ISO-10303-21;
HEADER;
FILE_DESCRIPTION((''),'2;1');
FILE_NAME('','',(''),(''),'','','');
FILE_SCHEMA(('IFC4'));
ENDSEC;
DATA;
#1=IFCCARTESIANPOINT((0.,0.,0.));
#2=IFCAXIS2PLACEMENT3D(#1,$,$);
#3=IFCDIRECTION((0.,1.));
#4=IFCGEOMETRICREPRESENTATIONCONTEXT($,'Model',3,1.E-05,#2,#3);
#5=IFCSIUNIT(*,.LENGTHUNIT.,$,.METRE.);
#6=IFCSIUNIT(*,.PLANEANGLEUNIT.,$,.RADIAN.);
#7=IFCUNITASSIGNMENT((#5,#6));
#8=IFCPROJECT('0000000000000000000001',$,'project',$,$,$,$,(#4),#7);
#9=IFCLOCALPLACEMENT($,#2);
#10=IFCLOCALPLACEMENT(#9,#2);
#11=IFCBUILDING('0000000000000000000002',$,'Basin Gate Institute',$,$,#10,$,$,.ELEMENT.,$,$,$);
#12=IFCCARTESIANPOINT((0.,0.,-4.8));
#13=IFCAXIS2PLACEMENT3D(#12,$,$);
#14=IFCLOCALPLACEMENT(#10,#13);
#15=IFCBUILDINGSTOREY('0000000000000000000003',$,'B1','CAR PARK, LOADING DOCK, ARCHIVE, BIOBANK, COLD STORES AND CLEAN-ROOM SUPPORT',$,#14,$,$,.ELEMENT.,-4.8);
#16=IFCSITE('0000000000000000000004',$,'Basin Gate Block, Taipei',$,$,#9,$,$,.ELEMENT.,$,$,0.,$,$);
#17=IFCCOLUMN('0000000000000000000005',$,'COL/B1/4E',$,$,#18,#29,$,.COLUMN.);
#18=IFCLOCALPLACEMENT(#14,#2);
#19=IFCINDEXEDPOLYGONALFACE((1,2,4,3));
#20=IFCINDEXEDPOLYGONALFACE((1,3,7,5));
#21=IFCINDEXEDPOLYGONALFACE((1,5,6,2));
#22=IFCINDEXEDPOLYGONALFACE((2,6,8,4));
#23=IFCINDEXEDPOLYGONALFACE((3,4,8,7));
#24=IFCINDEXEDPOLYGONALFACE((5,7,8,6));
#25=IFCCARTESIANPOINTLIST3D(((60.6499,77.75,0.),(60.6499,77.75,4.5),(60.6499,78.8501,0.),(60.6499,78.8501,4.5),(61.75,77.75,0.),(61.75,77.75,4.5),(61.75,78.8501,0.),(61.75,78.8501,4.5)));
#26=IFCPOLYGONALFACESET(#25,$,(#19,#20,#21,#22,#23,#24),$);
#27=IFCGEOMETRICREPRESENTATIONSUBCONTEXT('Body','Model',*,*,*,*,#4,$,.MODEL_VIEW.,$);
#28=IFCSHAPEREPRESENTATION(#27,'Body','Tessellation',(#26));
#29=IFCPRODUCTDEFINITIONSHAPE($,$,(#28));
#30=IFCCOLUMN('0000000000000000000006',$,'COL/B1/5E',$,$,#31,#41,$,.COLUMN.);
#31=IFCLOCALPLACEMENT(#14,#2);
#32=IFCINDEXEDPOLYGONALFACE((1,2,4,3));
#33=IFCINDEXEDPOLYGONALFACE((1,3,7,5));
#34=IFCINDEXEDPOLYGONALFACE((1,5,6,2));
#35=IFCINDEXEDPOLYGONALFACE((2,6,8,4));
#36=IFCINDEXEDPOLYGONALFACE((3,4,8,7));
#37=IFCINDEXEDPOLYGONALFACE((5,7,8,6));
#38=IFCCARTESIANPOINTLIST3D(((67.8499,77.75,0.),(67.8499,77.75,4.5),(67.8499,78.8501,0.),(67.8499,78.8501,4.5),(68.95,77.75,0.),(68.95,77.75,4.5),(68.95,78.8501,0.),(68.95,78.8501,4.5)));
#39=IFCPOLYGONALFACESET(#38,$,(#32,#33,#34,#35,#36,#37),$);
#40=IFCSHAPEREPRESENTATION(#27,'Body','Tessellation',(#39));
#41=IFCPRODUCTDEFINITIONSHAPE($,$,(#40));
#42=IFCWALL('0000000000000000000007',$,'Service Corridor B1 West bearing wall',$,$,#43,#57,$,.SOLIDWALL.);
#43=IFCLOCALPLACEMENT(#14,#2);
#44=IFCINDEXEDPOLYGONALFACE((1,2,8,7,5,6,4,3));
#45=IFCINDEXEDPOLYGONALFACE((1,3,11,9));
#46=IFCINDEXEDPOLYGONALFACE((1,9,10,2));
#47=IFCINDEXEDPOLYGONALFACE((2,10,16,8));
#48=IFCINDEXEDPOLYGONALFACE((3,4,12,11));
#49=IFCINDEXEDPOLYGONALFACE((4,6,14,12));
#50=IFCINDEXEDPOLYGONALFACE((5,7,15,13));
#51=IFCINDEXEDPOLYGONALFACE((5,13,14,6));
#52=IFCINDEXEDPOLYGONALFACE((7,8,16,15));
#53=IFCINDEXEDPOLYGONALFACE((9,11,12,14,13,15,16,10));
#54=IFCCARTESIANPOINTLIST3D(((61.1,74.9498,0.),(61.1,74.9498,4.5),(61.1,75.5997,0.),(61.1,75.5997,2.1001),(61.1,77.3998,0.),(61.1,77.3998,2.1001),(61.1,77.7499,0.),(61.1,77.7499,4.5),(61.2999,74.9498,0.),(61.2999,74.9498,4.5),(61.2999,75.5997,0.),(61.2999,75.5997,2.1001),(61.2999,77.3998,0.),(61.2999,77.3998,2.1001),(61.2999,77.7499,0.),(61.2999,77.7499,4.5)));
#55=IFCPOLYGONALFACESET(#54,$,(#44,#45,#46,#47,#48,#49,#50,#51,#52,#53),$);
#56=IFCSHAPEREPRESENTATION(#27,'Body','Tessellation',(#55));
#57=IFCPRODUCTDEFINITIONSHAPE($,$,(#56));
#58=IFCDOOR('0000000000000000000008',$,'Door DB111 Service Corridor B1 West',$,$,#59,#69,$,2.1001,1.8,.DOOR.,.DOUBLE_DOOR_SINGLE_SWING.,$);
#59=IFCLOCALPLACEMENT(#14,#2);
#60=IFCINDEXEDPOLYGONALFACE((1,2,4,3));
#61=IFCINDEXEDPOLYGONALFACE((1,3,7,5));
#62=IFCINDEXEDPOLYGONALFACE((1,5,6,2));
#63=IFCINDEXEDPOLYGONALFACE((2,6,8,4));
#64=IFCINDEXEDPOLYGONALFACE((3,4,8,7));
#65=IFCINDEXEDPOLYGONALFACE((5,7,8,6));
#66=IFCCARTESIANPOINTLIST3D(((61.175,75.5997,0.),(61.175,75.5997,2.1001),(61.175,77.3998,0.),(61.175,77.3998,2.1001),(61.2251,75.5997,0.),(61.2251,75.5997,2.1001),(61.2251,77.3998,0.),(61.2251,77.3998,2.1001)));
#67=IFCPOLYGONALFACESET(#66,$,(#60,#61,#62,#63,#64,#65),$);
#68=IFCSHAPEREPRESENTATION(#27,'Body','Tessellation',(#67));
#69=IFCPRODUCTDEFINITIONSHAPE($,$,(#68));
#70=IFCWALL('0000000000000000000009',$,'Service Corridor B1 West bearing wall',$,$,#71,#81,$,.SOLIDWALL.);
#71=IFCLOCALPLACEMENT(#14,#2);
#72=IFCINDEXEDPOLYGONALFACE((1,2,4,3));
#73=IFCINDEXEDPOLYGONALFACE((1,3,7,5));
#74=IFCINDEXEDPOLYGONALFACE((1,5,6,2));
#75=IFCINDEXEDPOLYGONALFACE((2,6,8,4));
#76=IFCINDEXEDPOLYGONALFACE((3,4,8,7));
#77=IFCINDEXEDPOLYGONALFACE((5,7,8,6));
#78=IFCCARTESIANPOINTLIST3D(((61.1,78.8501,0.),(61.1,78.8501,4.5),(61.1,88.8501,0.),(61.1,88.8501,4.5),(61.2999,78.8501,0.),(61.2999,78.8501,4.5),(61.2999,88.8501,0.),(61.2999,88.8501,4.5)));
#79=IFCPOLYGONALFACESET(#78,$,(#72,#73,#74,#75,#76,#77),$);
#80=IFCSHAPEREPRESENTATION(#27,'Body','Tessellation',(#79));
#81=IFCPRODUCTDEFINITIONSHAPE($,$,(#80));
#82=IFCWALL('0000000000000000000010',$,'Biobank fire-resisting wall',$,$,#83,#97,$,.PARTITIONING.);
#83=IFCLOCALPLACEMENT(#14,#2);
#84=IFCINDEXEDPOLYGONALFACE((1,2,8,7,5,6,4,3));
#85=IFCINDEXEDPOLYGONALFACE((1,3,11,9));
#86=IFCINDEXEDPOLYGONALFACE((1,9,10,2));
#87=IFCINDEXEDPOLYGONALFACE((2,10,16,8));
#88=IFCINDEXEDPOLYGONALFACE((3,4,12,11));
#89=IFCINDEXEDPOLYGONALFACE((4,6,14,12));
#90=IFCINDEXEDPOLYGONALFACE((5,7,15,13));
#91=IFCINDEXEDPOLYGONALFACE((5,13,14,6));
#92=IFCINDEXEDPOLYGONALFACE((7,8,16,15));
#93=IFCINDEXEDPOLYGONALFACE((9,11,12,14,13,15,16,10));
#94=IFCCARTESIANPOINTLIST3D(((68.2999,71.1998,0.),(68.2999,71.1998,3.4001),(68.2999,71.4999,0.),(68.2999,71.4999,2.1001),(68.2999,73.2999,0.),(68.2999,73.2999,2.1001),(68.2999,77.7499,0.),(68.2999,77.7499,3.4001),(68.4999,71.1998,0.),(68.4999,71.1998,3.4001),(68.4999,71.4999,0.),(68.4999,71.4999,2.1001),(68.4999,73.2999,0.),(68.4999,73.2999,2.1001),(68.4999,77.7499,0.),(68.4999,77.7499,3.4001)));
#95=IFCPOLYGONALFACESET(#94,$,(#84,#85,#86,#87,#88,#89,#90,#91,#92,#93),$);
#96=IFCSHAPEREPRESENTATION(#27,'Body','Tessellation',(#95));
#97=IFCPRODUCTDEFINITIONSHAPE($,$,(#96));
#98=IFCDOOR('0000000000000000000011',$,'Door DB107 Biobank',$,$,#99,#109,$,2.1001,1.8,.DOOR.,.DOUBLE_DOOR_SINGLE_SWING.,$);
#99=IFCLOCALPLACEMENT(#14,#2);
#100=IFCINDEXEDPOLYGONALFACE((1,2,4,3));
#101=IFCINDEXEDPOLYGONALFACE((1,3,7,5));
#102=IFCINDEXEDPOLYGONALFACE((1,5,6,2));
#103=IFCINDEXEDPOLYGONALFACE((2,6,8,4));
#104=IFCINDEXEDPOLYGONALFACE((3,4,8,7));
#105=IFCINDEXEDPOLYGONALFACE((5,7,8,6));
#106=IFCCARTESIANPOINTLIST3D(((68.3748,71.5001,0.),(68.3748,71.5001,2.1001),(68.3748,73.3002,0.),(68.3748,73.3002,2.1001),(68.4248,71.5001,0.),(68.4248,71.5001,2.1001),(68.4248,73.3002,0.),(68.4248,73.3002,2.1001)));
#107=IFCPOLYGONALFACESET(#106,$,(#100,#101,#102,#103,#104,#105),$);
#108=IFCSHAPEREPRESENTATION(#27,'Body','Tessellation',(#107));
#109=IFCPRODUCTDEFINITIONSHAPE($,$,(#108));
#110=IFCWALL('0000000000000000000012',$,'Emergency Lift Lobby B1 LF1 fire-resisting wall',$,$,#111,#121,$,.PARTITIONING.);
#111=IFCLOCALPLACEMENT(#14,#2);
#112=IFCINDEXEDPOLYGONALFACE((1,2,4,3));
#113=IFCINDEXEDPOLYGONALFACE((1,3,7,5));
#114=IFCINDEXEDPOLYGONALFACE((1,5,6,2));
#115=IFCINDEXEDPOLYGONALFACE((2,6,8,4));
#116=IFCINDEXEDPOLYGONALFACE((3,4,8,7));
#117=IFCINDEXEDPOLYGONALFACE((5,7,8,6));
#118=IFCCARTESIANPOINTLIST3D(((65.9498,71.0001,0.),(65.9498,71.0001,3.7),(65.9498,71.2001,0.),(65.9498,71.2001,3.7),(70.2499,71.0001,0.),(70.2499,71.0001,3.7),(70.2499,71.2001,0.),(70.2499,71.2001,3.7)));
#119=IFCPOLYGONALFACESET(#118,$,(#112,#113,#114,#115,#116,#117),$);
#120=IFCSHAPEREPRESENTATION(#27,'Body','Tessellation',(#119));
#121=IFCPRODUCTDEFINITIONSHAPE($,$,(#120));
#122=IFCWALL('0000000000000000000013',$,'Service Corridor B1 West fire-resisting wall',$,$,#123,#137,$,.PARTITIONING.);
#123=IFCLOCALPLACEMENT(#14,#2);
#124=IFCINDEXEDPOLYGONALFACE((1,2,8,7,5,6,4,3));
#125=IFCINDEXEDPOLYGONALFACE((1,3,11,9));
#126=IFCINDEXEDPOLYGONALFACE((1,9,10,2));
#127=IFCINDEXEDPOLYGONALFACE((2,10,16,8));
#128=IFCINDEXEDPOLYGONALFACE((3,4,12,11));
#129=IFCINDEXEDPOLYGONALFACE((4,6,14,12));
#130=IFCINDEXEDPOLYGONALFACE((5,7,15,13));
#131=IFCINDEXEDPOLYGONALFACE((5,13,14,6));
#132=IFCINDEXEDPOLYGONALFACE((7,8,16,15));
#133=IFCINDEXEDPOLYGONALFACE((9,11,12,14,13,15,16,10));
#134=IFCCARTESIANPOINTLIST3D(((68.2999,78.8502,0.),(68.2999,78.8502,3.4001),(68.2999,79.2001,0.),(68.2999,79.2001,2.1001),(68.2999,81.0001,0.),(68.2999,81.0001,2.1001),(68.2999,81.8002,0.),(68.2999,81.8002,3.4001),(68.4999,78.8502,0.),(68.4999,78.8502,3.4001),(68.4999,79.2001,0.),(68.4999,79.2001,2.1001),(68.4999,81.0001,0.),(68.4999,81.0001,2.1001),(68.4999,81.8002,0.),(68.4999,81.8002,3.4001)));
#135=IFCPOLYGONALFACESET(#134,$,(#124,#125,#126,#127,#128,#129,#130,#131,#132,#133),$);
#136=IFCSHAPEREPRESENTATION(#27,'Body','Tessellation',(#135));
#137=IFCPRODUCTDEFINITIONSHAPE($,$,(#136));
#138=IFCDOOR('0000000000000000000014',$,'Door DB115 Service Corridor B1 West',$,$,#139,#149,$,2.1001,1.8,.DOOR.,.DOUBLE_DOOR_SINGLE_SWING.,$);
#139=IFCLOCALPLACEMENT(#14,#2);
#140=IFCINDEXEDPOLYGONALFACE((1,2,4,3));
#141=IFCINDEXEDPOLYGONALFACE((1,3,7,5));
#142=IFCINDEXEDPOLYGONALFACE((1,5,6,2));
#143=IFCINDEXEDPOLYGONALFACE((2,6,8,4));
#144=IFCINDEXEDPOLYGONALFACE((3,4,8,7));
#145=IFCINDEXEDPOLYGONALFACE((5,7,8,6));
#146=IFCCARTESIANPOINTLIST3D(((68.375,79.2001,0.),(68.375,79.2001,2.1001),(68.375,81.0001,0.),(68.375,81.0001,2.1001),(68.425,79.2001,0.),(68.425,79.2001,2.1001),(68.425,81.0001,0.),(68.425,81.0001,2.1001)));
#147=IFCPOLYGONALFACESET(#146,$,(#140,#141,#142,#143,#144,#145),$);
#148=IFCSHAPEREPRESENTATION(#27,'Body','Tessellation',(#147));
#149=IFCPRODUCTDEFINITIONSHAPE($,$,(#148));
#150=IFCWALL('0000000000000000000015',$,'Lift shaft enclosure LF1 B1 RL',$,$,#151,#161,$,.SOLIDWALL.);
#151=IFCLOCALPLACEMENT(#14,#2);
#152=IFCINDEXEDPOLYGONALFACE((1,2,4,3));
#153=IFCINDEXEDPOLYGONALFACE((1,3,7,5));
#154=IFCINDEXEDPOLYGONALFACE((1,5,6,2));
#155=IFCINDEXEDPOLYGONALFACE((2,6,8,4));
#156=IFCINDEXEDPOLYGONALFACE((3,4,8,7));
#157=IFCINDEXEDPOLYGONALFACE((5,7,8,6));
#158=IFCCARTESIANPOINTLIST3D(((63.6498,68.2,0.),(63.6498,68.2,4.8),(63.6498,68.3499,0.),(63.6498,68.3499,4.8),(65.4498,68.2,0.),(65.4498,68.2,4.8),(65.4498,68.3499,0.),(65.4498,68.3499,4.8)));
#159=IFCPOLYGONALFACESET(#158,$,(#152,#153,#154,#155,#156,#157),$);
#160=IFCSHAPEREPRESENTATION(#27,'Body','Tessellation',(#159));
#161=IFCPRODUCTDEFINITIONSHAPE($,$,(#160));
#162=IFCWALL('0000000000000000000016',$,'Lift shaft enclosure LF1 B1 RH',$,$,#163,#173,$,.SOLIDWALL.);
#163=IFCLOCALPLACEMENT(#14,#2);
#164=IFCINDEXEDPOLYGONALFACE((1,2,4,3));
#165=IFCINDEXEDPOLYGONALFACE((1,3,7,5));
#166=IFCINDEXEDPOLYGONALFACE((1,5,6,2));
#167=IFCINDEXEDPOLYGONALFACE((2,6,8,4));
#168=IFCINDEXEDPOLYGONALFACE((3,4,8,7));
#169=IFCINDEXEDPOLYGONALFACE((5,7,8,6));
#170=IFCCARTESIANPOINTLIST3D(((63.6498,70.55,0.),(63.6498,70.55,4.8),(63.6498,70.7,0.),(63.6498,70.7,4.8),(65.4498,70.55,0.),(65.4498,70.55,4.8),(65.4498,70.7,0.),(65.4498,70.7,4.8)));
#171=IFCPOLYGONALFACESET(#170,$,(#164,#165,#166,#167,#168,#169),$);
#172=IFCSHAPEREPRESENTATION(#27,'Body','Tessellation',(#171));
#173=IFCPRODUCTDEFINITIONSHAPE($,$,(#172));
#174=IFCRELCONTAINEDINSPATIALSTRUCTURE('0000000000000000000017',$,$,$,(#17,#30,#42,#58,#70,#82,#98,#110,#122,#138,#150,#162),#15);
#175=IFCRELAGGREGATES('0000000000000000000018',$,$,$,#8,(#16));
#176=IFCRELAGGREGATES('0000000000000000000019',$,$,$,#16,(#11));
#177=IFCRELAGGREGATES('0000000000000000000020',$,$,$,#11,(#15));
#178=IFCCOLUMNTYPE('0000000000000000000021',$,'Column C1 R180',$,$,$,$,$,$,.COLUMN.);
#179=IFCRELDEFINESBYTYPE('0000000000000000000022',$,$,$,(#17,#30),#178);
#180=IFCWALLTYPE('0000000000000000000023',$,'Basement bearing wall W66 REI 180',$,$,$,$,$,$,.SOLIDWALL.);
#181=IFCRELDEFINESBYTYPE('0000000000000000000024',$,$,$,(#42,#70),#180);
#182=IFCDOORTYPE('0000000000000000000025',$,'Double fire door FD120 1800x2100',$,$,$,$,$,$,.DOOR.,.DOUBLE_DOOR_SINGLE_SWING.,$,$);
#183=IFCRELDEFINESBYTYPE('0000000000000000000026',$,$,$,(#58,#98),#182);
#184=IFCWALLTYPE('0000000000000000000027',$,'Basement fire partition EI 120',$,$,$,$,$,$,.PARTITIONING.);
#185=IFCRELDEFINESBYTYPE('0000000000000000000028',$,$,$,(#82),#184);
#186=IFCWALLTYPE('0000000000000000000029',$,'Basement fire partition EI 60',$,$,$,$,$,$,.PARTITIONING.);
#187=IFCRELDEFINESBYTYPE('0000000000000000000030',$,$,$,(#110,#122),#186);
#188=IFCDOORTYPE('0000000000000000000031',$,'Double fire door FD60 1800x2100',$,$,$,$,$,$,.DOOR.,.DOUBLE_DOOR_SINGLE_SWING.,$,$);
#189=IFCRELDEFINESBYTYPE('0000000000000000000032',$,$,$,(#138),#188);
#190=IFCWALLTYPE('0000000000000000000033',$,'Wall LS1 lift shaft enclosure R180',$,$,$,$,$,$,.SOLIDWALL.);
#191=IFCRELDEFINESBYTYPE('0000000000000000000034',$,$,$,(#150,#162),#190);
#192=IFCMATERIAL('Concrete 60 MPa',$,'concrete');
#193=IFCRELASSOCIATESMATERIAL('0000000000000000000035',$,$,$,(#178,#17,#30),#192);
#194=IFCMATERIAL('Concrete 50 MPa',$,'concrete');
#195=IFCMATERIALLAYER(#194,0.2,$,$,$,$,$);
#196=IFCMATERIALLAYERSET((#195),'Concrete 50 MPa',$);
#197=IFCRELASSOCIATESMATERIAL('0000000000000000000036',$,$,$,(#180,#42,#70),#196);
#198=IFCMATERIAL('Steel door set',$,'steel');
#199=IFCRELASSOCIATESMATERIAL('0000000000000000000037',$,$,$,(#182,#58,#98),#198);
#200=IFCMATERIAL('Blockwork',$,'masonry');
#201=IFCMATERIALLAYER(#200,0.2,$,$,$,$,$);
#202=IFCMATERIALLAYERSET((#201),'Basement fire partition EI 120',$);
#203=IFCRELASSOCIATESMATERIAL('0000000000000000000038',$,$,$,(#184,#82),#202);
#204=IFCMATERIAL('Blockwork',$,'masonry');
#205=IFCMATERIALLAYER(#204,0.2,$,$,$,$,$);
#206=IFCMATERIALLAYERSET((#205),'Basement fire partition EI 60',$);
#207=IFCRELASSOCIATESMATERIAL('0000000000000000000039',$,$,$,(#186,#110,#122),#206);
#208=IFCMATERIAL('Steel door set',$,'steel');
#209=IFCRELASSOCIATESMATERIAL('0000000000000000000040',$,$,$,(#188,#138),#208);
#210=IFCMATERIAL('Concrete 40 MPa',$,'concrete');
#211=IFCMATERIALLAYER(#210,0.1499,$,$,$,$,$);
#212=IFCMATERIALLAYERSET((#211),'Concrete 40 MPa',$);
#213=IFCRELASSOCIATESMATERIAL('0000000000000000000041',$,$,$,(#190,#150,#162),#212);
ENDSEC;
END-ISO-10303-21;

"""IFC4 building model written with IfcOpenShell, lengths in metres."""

from ifc_helpers import new_model, si_unit, direction, frame, frame_2d, origin, origin_2d, place, context, subcontext, project, spatial, rectangle, extrude, material, layer, layer_set, material_profile, profile_set, type_object, element, fill, save


model = new_model("IFC4")

# Units and contexts
model_context = context("Model", 3, precision=1e-05, world=origin(), true_north=direction((0.0, 1.0)))
body_context = subcontext(model_context, "Body", "Model", "MODEL_VIEW")
ifc_project = project(units=[si_unit("LENGTHUNIT", "METRE"), si_unit("PLANEANGLEUNIT", "RADIAN")], contexts=[model_context])

# Site, building, storey
site_placement = place(None, origin())
site = spatial("IfcSite", under=ifc_project, at=site_placement, Name="Basin Gate Block, Taipei", CompositionType="ELEMENT", RefElevation=0.0)
building_placement = place(site_placement, origin())
building = spatial("IfcBuilding", under=site, at=building_placement, Name="Basin Gate Institute", CompositionType="ELEMENT")
storey_placement = place(building_placement, frame((0.0, 0.0, -4.8)))
storey = spatial("IfcBuildingStorey", under=building, at=storey_placement, Name="B1", Description="CAR PARK, LOADING DOCK, ARCHIVE, BIOBANK, COLD STORES AND CLEAN-ROOM SUPPORT", CompositionType="ELEMENT", Elevation=-4.8)

# Columns
ifc_material_1 = material(Name="Concrete 60 MPa", Category="concrete")
ifc_material_profile = material_profile(ifc_material_1, rectangle(XDim=1.1001, YDim=1.1001, at=origin_2d()), Name="Column C1 1100 x 1100")
ifc_profile_set = profile_set([ifc_material_profile], Name="Concrete 60 MPa")
column_type = type_object("IfcColumnType", Name="Column C1 R180", PredefinedType="COLUMN", material=ifc_profile_set)
for number, where, z_axis, x_axis, name in (
    (1, (61.2, 78.3, 0.0), (0.0, 0.0, 1.0), (1.0, 0.0, 0.0), "COL/B1/4E"),
    (2, (68.3999, 78.3, 0.0), (0.0, 0.0, 1.0), (1.0, 0.0, 0.0), "COL/B1/5E"),
):
    element("IfcColumn", number, at=place(storey_placement, frame(where, z_axis=z_axis, x_axis=x_axis)), inside=storey, type_object=column_type, material=ifc_profile_set, Name=name, PredefinedType="COLUMN", context=body_context, shape_type="SweptSolid", body=[
        extrude(rectangle(XDim=1.1001, YDim=1.1001, at=origin_2d()), origin(), (0.0, 0.0, 1.0), 4.5),
    ])

# Wall, opening, door
ifc_material_2 = material(Name="Concrete 50 MPa", Category="concrete")
ifc_layer_1 = layer(ifc_material_2, 0.2)
ifc_layer_set_1 = layer_set([ifc_layer_1], Name="Concrete 50 MPa")
wall_type_1 = type_object("IfcWallType", Name="Basement bearing wall W66 REI 180", PredefinedType="SOLIDWALL", material=ifc_layer_set_1)
wall_1_placement = place(storey_placement, frame((61.2, 74.95, 0.0), z_axis=(0.0, 0.0, 1.0), x_axis=(0.0, 1.0, 0.0)))
wall_1 = element("IfcWall", 3, at=wall_1_placement, inside=storey, type_object=wall_type_1, material=ifc_layer_set_1, Name="Service Corridor B1 West bearing wall", PredefinedType="SOLIDWALL", context=body_context, shape_type="SweptSolid", body=[
    extrude(rectangle(XDim=2.8, YDim=0.2, at=frame_2d((1.3999, 0.0))), origin(), (0.0, 0.0, 1.0), 4.5),
])
opening_1_placement = place(wall_1_placement, frame((0.6499, 0.0, 0.0)))
opening_1 = element("IfcOpeningElement", 4, at=opening_1_placement, cuts=wall_1, PredefinedType="OPENING", context=body_context, shape_type="SweptSolid", body=[
    extrude(rectangle(XDim=1.8, YDim=2.1001, at=frame_2d((0.8999, 1.05))), frame((0.0, 0.1099, 0.0), z_axis=(0.0, -1.0, 0.0), x_axis=(1.0, 0.0, 0.0)), (0.0, 0.0, 1.0), 0.22),
])
ifc_material_3 = material(Name="Steel door set", Category="steel")
door_type_1 = type_object("IfcDoorType", Name="Double fire door FD120 1800x2100", OperationType="DOUBLE_DOOR_SINGLE_SWING", PredefinedType="DOOR", material=ifc_material_3)
door_1_placement = place(opening_1_placement, origin())
door_1 = element("IfcDoor", 5, at=door_1_placement, inside=storey, type_object=door_type_1, material=ifc_material_3, Name="Door DB111 Service Corridor B1 West", OperationType="DOUBLE_DOOR_SINGLE_SWING", OverallHeight=2.1001, OverallWidth=1.8, PredefinedType="DOOR", context=body_context, shape_type="SweptSolid", body=[
    extrude(rectangle(XDim=1.8, YDim=2.1001, at=frame_2d((0.8999, 1.05))), frame((0.0, 0.0249, 0.0), z_axis=(0.0, -1.0, 0.0), x_axis=(1.0, 0.0, 0.0)), (0.0, 0.0, 1.0), 0.05),
])
fill(opening_1, door_1)

# Wall
wall_2_placement = place(storey_placement, frame((61.2, 78.8501, 0.0), z_axis=(0.0, 0.0, 1.0), x_axis=(0.0, 1.0, 0.0)))
element("IfcWall", 6, at=wall_2_placement, inside=storey, type_object=wall_type_1, material=ifc_layer_set_1, Name="Service Corridor B1 West bearing wall", PredefinedType="SOLIDWALL", context=body_context, shape_type="SweptSolid", body=[
    extrude(rectangle(XDim=10.0, YDim=0.2, at=frame_2d((5.0, 0.0))), origin(), (0.0, 0.0, 1.0), 4.5),
])

# Wall, opening, door
ifc_material_4 = material(Name="Blockwork", Category="masonry")
ifc_layer_2 = layer(ifc_material_4, 0.2)
ifc_layer_set_2 = layer_set([ifc_layer_2], Name="Basement fire partition EI 120")
wall_type_2 = type_object("IfcWallType", Name="Basement fire partition EI 120", PredefinedType="PARTITIONING", material=ifc_layer_set_2)
wall_3_placement = place(storey_placement, frame((68.3999, 71.2, 0.0), z_axis=(0.0, 0.0, 1.0), x_axis=(0.0, 1.0, 0.0)))
wall_3 = element("IfcWall", 7, at=wall_3_placement, inside=storey, type_object=wall_type_2, material=ifc_layer_set_2, Name="Biobank fire-resisting wall", PredefinedType="PARTITIONING", context=body_context, shape_type="SweptSolid", body=[
    extrude(rectangle(XDim=6.55, YDim=0.2, at=frame_2d((3.2749, 0.0))), origin(), (0.0, 0.0, 1.0), 3.4001),
])
opening_2_placement = place(wall_3_placement, frame((0.3, 0.0, 0.0)))
opening_2 = element("IfcOpeningElement", 8, at=opening_2_placement, cuts=wall_3, PredefinedType="OPENING", context=body_context, shape_type="SweptSolid", body=[
    extrude(rectangle(XDim=1.8, YDim=2.1001, at=frame_2d((0.8999, 1.05))), frame((0.0, 0.1099, 0.0), z_axis=(0.0, -1.0, 0.0), x_axis=(1.0, 0.0, 0.0)), (0.0, 0.0, 1.0), 0.22),
])
door_2_placement = place(opening_2_placement, frame((1.8, 0.0, 0.0), z_axis=(0.0, 0.0, 1.0), x_axis=(-1.0, 0.0, 0.0)))
door_2 = element("IfcDoor", 9, at=door_2_placement, inside=storey, type_object=door_type_1, material=ifc_material_3, Name="Door DB107 Biobank", OperationType="DOUBLE_DOOR_SINGLE_SWING", OverallHeight=2.1001, OverallWidth=1.8, PredefinedType="DOOR", context=body_context, shape_type="SweptSolid", body=[
    extrude(rectangle(XDim=1.8, YDim=2.1001, at=frame_2d((0.8999, 1.05))), frame((0.0, 0.0249, 0.0), z_axis=(0.0, -1.0, 0.0), x_axis=(1.0, 0.0, 0.0)), (0.0, 0.0, 1.0), 0.05),
])
fill(opening_2, door_2)

# Wall
ifc_material_5 = material(Name="Blockwork", Category="masonry")
ifc_layer_3 = layer(ifc_material_5, 0.2)
ifc_layer_set_3 = layer_set([ifc_layer_3], Name="Basement fire partition EI 60")
wall_type_3 = type_object("IfcWallType", Name="Basement fire partition EI 60", PredefinedType="PARTITIONING", material=ifc_layer_set_3)
wall_4_placement = place(storey_placement, frame((65.95, 71.1001, 0.0), z_axis=(0.0, 0.0, 1.0), x_axis=(1.0, 0.0, 0.0)))
element("IfcWall", 10, at=wall_4_placement, inside=storey, type_object=wall_type_3, material=ifc_layer_set_3, Name="Emergency Lift Lobby B1 LF1 fire-resisting wall", PredefinedType="PARTITIONING", context=body_context, shape_type="SweptSolid", body=[
    extrude(rectangle(XDim=4.3, YDim=0.2, at=frame_2d((2.1499, 0.0))), origin(), (0.0, 0.0, 1.0), 3.7),
])

# Wall, opening, door
wall_5_placement = place(storey_placement, frame((68.3999, 78.8501, 0.0), z_axis=(0.0, 0.0, 1.0), x_axis=(0.0, 1.0, 0.0)))
wall_5 = element("IfcWall", 11, at=wall_5_placement, inside=storey, type_object=wall_type_3, material=ifc_layer_set_3, Name="Service Corridor B1 West fire-resisting wall", PredefinedType="PARTITIONING", context=body_context, shape_type="SweptSolid", body=[
    extrude(rectangle(XDim=2.95, YDim=0.2, at=frame_2d((1.4751, 0.0))), origin(), (0.0, 0.0, 1.0), 3.4001),
])
opening_3_placement = place(wall_5_placement, frame((0.3501, 0.0, 0.0)))
opening_3 = element("IfcOpeningElement", 12, at=opening_3_placement, cuts=wall_5, PredefinedType="OPENING", context=body_context, shape_type="SweptSolid", body=[
    extrude(rectangle(XDim=1.8, YDim=2.1001, at=frame_2d((0.8999, 1.05))), frame((0.0, 0.1099, 0.0), z_axis=(0.0, -1.0, 0.0), x_axis=(1.0, 0.0, 0.0)), (0.0, 0.0, 1.0), 0.22),
])
ifc_material_6 = material(Name="Steel door set", Category="steel")
door_type_2 = type_object("IfcDoorType", Name="Double fire door FD60 1800x2100", OperationType="DOUBLE_DOOR_SINGLE_SWING", PredefinedType="DOOR", material=ifc_material_6)
door_3_placement = place(opening_3_placement, origin())
door_3 = element("IfcDoor", 13, at=door_3_placement, inside=storey, type_object=door_type_2, material=ifc_material_6, Name="Door DB115 Service Corridor B1 West", OperationType="DOUBLE_DOOR_SINGLE_SWING", OverallHeight=2.1001, OverallWidth=1.8, PredefinedType="DOOR", context=body_context, shape_type="SweptSolid", body=[
    extrude(rectangle(XDim=1.8, YDim=2.1001, at=frame_2d((0.8999, 1.05))), frame((0.0, 0.0249, 0.0), z_axis=(0.0, -1.0, 0.0), x_axis=(1.0, 0.0, 0.0)), (0.0, 0.0, 1.0), 0.05),
])
fill(opening_3, door_3)

# Walls
ifc_material_7 = material(Name="Concrete 40 MPa", Category="concrete")
ifc_layer_4 = layer(ifc_material_7, 0.1499)
ifc_layer_set_4 = layer_set([ifc_layer_4], Name="Concrete 40 MPa")
wall_type_4 = type_object("IfcWallType", Name="Wall LS1 lift shaft enclosure R180", PredefinedType="SOLIDWALL", material=ifc_layer_set_4)
for number, where, z_axis, x_axis, name in (
    (14, (63.6499, 68.2749, 0.0), (0.0, 0.0, 1.0), (1.0, 0.0, 0.0), "Lift shaft enclosure LF1 B1 RL"),
    (15, (63.6499, 70.625, 0.0), (0.0, 0.0, 1.0), (1.0, 0.0, 0.0), "Lift shaft enclosure LF1 B1 RH"),
):
    element("IfcWall", number, at=place(storey_placement, frame(where, z_axis=z_axis, x_axis=x_axis)), inside=storey, type_object=wall_type_4, material=ifc_layer_set_4, Name=name, PredefinedType="SOLIDWALL", context=body_context, shape_type="SweptSolid", body=[
        extrude(rectangle(XDim=1.8, YDim=0.1499, at=frame_2d((0.8999, 0.0))), origin(), (0.0, 0.0, 1.0), 4.8),
    ])

save(model, "model.ifc")
